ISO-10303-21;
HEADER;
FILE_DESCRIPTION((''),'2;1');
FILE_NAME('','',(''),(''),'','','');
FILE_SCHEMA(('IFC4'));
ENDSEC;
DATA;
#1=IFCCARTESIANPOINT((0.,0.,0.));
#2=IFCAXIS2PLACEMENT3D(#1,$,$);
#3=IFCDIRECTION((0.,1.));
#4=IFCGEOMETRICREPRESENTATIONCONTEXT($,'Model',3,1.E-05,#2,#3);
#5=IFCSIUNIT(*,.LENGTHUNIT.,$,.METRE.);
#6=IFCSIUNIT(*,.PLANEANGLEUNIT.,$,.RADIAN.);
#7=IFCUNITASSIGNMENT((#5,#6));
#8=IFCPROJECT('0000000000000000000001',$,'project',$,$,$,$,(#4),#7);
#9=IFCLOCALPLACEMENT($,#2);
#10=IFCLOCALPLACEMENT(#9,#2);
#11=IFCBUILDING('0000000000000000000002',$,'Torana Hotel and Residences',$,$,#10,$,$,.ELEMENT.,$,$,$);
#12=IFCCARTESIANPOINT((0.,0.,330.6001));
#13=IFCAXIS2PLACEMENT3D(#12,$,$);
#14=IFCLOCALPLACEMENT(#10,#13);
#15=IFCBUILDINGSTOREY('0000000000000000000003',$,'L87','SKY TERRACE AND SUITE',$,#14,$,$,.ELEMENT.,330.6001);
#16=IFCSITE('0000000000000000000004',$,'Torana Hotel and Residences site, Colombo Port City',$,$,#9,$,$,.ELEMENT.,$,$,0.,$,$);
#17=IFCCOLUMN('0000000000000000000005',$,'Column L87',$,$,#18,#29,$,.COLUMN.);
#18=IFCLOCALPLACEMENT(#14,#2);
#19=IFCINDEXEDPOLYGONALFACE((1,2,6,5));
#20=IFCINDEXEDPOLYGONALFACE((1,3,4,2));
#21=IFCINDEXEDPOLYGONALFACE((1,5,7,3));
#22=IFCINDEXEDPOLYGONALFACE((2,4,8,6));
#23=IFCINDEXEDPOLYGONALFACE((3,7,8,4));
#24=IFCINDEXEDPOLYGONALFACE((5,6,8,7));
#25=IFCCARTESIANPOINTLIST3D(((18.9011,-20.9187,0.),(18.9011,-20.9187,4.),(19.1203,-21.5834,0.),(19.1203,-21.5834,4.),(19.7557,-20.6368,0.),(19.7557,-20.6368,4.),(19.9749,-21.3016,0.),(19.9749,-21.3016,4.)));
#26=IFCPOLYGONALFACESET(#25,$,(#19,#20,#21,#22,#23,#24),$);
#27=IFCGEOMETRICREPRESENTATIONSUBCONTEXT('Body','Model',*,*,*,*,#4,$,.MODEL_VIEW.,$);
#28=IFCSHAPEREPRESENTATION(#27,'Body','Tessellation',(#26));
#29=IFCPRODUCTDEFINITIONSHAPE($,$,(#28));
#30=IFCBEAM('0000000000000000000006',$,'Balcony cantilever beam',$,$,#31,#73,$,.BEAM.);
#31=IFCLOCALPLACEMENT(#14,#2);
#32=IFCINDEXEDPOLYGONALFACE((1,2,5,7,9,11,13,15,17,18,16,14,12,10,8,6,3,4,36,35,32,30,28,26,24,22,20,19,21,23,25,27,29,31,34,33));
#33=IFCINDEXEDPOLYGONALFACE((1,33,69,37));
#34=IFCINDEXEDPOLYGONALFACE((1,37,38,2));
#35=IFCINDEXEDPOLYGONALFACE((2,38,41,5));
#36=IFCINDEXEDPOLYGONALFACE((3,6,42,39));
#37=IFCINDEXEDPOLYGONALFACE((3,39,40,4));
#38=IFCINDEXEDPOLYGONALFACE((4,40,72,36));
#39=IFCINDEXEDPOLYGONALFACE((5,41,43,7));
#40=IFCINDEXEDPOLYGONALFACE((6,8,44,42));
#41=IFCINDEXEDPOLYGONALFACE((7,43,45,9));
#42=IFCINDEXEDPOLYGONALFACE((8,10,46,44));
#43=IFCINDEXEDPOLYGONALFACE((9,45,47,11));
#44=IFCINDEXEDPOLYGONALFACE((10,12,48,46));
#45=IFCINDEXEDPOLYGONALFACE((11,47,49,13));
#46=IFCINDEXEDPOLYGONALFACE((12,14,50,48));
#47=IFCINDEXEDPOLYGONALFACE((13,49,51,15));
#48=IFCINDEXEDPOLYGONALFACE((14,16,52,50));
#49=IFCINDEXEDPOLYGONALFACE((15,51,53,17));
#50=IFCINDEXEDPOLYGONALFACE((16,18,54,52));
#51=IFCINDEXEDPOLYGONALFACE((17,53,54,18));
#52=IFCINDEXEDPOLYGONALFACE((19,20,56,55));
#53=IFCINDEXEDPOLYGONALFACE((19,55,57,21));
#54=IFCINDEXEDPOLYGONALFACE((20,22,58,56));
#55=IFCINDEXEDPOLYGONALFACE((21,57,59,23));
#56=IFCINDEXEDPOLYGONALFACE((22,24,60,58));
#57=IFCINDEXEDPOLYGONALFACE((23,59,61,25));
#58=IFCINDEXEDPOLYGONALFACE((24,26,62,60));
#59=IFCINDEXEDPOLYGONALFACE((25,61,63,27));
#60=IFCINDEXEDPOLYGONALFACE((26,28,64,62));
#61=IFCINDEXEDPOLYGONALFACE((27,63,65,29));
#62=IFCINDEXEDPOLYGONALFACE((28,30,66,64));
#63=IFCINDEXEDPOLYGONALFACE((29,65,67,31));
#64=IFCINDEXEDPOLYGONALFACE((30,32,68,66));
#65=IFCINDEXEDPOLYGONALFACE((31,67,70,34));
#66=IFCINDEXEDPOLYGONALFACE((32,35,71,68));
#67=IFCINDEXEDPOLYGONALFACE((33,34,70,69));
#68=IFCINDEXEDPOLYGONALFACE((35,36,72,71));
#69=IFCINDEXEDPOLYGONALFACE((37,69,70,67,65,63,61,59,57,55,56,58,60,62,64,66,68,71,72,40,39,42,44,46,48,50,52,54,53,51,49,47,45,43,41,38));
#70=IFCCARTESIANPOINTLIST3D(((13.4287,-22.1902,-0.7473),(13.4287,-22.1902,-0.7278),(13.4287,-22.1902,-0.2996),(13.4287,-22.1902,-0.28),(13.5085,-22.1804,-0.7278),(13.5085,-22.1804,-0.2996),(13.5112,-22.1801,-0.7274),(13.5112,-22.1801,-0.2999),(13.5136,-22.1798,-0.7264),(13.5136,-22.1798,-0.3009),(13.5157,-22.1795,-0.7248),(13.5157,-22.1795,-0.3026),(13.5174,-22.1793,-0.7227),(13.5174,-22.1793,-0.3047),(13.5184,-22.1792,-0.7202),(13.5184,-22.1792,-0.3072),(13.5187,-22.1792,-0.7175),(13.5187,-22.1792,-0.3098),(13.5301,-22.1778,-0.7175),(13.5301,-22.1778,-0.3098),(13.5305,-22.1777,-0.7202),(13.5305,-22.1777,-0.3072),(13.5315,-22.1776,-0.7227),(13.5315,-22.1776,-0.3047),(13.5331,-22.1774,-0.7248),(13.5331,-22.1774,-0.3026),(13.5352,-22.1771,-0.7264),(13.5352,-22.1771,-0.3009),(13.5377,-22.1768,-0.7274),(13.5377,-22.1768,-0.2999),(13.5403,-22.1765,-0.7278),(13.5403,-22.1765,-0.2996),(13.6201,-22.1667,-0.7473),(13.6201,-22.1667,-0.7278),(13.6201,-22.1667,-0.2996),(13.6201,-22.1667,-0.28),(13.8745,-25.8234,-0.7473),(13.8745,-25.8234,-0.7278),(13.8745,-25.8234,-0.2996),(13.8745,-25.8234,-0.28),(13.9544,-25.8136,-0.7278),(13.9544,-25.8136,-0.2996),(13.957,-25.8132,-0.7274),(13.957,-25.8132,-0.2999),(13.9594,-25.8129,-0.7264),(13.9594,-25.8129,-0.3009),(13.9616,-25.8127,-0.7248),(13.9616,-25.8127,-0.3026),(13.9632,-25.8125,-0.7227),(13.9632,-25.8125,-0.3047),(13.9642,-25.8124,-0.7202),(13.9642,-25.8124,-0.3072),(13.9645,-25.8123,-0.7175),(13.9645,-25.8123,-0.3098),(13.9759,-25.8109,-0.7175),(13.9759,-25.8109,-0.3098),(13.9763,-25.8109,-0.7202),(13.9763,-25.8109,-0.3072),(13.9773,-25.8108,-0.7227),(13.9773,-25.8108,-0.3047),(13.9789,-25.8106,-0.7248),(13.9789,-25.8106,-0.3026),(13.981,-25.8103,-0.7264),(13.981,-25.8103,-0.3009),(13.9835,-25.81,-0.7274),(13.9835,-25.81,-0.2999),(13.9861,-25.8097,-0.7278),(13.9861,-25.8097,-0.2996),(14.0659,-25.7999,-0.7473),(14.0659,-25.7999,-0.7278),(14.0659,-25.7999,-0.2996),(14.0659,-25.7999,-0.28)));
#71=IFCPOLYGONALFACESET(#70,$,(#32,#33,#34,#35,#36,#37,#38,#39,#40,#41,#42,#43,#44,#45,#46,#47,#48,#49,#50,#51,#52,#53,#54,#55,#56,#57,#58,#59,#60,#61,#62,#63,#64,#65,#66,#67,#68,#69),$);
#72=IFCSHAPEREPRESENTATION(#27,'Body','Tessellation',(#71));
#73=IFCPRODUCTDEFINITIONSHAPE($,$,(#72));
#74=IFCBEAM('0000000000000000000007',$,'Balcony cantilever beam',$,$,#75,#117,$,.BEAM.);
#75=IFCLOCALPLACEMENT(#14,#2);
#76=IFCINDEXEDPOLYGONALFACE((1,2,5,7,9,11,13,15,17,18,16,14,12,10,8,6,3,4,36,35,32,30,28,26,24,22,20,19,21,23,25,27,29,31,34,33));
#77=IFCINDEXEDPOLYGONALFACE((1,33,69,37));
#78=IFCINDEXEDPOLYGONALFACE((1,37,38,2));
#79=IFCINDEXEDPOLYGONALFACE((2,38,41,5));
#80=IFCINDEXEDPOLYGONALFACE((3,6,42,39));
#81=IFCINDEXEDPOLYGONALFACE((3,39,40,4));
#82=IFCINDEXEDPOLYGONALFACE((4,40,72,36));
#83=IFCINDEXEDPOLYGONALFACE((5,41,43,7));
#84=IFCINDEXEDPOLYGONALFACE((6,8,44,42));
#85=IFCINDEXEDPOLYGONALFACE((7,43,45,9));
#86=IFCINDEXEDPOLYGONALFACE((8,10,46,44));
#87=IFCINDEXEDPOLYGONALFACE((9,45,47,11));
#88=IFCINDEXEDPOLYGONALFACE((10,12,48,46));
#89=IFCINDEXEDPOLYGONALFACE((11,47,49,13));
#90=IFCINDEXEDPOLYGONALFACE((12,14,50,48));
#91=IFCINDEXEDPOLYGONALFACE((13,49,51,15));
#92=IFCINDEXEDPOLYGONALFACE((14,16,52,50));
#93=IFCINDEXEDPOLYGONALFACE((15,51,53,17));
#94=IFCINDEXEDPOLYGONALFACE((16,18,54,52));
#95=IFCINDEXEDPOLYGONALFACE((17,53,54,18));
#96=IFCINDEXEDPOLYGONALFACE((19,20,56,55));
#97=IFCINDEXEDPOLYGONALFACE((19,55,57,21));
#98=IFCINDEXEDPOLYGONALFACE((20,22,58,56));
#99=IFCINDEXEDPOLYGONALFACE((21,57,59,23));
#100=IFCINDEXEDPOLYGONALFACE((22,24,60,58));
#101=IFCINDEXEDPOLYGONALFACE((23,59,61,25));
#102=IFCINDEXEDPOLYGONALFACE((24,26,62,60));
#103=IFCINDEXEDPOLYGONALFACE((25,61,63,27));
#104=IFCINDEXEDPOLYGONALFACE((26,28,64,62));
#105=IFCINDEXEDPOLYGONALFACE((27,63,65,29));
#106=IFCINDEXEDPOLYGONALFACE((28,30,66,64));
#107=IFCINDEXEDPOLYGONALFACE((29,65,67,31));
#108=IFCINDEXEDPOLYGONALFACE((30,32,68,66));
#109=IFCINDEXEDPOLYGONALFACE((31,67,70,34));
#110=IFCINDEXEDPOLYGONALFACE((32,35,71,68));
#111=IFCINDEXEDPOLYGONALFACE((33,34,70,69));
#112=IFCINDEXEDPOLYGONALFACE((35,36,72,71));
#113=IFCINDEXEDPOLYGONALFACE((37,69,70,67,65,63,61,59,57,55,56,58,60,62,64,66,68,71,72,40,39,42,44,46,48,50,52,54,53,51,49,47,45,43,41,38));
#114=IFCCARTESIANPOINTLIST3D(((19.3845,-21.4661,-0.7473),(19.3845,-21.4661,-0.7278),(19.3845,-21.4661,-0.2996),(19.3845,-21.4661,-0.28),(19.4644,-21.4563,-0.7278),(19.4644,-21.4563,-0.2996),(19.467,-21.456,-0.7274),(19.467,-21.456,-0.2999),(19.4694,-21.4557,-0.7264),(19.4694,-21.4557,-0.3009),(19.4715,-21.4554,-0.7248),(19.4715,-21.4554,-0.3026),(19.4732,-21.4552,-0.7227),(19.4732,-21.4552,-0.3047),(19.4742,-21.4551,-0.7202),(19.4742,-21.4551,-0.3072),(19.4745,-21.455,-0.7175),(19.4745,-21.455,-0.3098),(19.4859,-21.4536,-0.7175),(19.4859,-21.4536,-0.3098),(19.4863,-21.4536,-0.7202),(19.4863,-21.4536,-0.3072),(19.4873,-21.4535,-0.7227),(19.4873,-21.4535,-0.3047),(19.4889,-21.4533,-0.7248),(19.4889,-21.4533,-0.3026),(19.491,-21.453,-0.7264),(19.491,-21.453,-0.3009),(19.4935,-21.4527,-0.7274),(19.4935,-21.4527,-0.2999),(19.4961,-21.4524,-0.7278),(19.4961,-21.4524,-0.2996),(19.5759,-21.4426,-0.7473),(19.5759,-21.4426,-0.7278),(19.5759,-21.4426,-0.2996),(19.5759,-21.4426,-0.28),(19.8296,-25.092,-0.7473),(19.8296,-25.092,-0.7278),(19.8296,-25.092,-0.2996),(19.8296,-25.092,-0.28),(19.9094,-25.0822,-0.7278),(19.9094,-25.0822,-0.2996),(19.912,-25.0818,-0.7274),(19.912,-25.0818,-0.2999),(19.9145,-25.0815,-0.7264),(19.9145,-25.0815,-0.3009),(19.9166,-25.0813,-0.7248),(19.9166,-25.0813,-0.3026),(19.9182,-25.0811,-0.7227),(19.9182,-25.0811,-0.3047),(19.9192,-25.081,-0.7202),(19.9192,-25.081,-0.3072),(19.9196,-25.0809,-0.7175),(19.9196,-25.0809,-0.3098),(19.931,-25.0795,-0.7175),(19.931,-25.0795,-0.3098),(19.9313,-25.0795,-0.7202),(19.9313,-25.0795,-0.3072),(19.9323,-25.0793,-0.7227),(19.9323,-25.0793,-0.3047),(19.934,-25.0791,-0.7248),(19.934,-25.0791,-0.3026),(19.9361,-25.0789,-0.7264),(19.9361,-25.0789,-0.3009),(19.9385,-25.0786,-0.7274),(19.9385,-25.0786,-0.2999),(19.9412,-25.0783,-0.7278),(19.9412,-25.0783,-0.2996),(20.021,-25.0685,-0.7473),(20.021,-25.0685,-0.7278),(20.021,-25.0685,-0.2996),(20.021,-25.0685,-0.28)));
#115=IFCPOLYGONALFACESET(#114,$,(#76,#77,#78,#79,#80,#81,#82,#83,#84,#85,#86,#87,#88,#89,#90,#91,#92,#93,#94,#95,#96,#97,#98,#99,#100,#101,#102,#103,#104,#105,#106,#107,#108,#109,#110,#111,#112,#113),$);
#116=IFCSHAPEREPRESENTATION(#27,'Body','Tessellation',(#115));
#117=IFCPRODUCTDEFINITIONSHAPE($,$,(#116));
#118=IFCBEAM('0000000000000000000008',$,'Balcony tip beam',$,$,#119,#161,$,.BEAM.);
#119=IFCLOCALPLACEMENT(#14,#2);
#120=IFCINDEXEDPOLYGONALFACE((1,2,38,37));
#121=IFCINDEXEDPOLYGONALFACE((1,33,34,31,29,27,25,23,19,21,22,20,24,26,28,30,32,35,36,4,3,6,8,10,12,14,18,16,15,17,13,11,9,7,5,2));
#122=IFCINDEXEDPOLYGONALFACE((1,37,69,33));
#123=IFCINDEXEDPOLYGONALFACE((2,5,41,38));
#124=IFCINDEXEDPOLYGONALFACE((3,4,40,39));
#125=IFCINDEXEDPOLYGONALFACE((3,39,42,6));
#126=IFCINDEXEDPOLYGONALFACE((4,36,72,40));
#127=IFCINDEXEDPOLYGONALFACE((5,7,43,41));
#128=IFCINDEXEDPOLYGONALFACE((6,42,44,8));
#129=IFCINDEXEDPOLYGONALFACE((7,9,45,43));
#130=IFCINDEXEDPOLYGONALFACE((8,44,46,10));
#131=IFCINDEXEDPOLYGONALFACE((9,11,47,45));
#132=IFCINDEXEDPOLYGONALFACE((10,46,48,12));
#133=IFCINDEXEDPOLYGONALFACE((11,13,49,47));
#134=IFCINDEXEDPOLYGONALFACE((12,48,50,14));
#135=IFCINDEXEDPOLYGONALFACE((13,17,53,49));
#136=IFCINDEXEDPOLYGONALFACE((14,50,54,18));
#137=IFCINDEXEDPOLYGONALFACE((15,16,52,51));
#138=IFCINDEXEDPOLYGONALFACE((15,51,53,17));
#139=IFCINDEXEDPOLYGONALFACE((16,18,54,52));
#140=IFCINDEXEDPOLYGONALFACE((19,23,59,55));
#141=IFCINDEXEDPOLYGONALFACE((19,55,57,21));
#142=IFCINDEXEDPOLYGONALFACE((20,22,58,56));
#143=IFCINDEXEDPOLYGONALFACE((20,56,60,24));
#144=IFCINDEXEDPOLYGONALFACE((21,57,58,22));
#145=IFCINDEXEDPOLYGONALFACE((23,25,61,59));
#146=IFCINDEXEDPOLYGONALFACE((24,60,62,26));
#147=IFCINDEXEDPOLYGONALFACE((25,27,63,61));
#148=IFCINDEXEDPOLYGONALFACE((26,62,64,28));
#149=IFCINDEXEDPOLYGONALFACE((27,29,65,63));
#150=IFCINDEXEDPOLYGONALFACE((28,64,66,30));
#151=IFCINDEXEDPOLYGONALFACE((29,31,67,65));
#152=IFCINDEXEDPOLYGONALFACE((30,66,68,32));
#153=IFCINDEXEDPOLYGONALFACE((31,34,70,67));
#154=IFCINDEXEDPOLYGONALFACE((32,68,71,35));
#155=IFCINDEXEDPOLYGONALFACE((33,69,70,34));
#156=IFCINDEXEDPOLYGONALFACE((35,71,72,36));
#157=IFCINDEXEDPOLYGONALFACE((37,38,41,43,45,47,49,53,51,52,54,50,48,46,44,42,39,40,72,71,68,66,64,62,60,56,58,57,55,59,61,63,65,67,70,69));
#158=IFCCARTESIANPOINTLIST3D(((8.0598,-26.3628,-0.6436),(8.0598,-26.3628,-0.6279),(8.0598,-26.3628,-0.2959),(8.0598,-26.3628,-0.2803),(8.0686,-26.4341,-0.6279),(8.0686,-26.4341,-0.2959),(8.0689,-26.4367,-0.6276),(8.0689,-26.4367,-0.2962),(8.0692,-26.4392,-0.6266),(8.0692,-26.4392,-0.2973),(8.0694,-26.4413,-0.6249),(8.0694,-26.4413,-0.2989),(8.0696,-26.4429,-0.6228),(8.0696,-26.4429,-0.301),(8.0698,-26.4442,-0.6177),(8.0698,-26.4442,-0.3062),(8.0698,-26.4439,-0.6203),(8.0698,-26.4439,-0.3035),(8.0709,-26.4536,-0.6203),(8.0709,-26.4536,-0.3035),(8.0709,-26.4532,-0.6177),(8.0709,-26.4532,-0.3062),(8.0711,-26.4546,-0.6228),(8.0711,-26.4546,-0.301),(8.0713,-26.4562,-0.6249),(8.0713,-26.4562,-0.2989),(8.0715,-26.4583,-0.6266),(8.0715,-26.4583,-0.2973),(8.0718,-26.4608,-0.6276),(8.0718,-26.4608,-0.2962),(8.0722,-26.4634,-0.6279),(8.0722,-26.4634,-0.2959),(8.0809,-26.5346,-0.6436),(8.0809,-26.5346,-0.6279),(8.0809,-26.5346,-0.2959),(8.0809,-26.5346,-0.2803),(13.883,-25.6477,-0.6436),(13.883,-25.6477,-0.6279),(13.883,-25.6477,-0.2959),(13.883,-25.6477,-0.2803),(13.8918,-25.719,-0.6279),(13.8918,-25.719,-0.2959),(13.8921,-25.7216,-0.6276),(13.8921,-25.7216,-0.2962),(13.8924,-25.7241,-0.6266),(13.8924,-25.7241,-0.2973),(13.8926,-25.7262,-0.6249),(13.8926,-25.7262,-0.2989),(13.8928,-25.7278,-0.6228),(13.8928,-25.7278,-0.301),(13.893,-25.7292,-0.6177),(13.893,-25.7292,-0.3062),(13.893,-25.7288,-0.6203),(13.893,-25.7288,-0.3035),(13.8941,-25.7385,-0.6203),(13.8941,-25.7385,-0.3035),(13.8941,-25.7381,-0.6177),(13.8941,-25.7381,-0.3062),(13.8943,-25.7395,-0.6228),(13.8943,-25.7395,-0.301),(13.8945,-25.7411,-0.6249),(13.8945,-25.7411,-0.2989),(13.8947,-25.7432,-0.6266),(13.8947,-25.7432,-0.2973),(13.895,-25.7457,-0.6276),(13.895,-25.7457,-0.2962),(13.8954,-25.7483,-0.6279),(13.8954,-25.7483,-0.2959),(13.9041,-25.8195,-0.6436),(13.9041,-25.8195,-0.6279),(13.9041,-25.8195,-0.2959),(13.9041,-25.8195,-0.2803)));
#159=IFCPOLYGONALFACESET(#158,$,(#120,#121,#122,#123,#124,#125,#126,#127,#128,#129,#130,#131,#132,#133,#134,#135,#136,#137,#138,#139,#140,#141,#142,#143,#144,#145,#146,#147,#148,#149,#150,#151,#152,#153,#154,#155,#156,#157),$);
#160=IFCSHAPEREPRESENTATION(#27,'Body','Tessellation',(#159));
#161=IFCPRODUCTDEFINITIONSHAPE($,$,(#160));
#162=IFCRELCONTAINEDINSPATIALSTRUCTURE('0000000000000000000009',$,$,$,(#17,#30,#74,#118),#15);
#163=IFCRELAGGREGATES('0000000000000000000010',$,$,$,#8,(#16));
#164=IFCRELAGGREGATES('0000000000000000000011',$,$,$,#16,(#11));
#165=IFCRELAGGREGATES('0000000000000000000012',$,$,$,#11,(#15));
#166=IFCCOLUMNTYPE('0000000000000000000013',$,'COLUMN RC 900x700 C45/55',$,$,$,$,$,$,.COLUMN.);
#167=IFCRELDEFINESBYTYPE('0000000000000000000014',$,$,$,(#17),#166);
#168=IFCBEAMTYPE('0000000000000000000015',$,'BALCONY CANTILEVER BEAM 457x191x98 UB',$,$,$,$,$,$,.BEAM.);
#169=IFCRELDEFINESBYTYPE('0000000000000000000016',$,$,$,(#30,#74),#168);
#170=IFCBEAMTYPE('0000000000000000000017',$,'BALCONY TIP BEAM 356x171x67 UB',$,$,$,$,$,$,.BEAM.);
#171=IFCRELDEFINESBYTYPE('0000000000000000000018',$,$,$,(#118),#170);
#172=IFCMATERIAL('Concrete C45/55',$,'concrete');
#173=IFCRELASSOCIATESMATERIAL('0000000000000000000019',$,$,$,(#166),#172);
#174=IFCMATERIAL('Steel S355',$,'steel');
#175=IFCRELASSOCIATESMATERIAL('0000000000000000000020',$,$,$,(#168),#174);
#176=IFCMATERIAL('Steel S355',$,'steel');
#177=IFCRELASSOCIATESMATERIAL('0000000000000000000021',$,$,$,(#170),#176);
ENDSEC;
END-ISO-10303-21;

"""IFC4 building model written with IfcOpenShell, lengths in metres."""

from ifc_helpers import new_model, si_unit, direction, frame, origin, origin_2d, place, context, subcontext, project, spatial, rectangle, i_section, extrude, material, material_profile, profile_set, type_object, element, save


model = new_model("IFC4")

# Units and contexts
model_context = context("Model", 3, precision=1e-05, world=origin(), true_north=direction((0.0, 1.0)))
body_context = subcontext(model_context, "Body", "Model", "MODEL_VIEW")
ifc_project = project(units=[si_unit("LENGTHUNIT", "METRE"), si_unit("PLANEANGLEUNIT", "RADIAN")], contexts=[model_context])

# Site, building, storey
site_placement = place(None, origin())
site = spatial("IfcSite", under=ifc_project, at=site_placement, Name="Torana Hotel and Residences site, Colombo Port City", CompositionType="ELEMENT", RefElevation=0.0)
building_placement = place(site_placement, origin())
building = spatial("IfcBuilding", under=site, at=building_placement, Name="Torana Hotel and Residences", CompositionType="ELEMENT")
storey_placement = place(building_placement, frame((0.0, 0.0, 330.6001)))
storey = spatial("IfcBuildingStorey", under=building, at=storey_placement, Name="L87", Description="SKY TERRACE AND SUITE", CompositionType="ELEMENT", Elevation=330.6001)

# Column
ifc_material_1 = material(Name="Concrete C45/55", Category="concrete")
ifc_material_profile_1 = material_profile(ifc_material_1, rectangle(XDim=0.8999, YDim=0.7, at=origin_2d()), Name="RC 900x700")
ifc_profile_set_1 = profile_set([ifc_material_profile_1], Name="Concrete C45/55")
column_type = type_object("IfcColumnType", Name="COLUMN RC 900x700 C45/55", PredefinedType="COLUMN", material=ifc_profile_set_1)
column_placement = place(storey_placement, frame((19.438, -21.1101, 0.0), z_axis=(0.0, 0.0, 1.0), x_axis=(0.949694, 0.31318, 0.0)))
element("IfcColumn", 1, at=column_placement, inside=storey, type_object=column_type, Name="Column L87", PredefinedType="COLUMN", context=body_context, shape_type="SweptSolid", body=[
    extrude(rectangle(XDim=0.8999, YDim=0.7, at=origin_2d()), origin(), (0.0, 0.0, 1.0), 4.0),
])

# Beams
ifc_material_2 = material(Name="Steel S355", Category="steel")
ifc_material_profile_2 = material_profile(ifc_material_2, i_section(OverallWidth=0.1929, OverallDepth=0.4673, WebThickness=0.0115, FlangeThickness=0.0195, FilletRadius=0.0103, at=origin_2d()), Name="457x191x98 UB")
ifc_profile_set_2 = profile_set([ifc_material_profile_2], Name="Steel S355")
beam_type_1 = type_object("IfcBeamType", Name="BALCONY CANTILEVER BEAM 457x191x98 UB", PredefinedType="BEAM", material=ifc_profile_set_2)
beam_1_placement = place(storey_placement, frame((13.5244, -22.1785, -0.5137), z_axis=(0.121793, -0.992555, 0.0), x_axis=(0.992555, 0.121793, 0.0)))
element("IfcBeam", 2, at=beam_1_placement, inside=storey, type_object=beam_type_1, Name="Balcony cantilever beam", PredefinedType="BEAM", context=body_context, shape_type="SweptSolid", body=[
    extrude(i_section(OverallWidth=0.1929, OverallDepth=0.4673, WebThickness=0.0115, FlangeThickness=0.0195, FilletRadius=0.0103, at=origin_2d()), origin(), (0.0, 0.0, 1.0), 3.6604),
])
beam_2_placement = place(storey_placement, frame((19.4802, -21.4543, -0.5137), z_axis=(0.12183, -0.992551, 0.0), x_axis=(0.992551, 0.12183, 0.0)))
element("IfcBeam", 3, at=beam_2_placement, inside=storey, type_object=beam_type_1, Name="Balcony cantilever beam", PredefinedType="BEAM", context=body_context, shape_type="SweptSolid", body=[
    extrude(i_section(OverallWidth=0.1929, OverallDepth=0.4673, WebThickness=0.0115, FlangeThickness=0.0195, FilletRadius=0.0103, at=origin_2d()), origin(), (0.0, 0.0, 1.0), 3.6531),
])
ifc_material_3 = material(Name="Steel S355", Category="steel")
ifc_material_profile_3 = material_profile(ifc_material_3, i_section(OverallWidth=0.1731, OverallDepth=0.3633, WebThickness=0.009, FlangeThickness=0.0156, FilletRadius=0.0103, at=origin_2d()), Name="356x171x67 UB")
ifc_profile_set_3 = profile_set([ifc_material_profile_3], Name="Steel S355")
beam_type_2 = type_object("IfcBeamType", Name="BALCONY TIP BEAM 356x171x67 UB", PredefinedType="BEAM", material=ifc_profile_set_3)
beam_3_placement = place(storey_placement, frame((13.8936, -25.7336, -0.4619), z_axis=(-0.992544, -0.121883, 0.0), x_axis=(0.121883, -0.992544, 0.0)))
element("IfcBeam", 4, at=beam_3_placement, inside=storey, type_object=beam_type_2, Name="Balcony tip beam", PredefinedType="BEAM", context=body_context, shape_type="SweptSolid", body=[
    extrude(i_section(OverallWidth=0.1731, OverallDepth=0.3633, WebThickness=0.009, FlangeThickness=0.0156, FilletRadius=0.0103, at=origin_2d()), origin(), (0.0, 0.0, 1.0), 5.8669),
])

save(model, "model.ifc")
